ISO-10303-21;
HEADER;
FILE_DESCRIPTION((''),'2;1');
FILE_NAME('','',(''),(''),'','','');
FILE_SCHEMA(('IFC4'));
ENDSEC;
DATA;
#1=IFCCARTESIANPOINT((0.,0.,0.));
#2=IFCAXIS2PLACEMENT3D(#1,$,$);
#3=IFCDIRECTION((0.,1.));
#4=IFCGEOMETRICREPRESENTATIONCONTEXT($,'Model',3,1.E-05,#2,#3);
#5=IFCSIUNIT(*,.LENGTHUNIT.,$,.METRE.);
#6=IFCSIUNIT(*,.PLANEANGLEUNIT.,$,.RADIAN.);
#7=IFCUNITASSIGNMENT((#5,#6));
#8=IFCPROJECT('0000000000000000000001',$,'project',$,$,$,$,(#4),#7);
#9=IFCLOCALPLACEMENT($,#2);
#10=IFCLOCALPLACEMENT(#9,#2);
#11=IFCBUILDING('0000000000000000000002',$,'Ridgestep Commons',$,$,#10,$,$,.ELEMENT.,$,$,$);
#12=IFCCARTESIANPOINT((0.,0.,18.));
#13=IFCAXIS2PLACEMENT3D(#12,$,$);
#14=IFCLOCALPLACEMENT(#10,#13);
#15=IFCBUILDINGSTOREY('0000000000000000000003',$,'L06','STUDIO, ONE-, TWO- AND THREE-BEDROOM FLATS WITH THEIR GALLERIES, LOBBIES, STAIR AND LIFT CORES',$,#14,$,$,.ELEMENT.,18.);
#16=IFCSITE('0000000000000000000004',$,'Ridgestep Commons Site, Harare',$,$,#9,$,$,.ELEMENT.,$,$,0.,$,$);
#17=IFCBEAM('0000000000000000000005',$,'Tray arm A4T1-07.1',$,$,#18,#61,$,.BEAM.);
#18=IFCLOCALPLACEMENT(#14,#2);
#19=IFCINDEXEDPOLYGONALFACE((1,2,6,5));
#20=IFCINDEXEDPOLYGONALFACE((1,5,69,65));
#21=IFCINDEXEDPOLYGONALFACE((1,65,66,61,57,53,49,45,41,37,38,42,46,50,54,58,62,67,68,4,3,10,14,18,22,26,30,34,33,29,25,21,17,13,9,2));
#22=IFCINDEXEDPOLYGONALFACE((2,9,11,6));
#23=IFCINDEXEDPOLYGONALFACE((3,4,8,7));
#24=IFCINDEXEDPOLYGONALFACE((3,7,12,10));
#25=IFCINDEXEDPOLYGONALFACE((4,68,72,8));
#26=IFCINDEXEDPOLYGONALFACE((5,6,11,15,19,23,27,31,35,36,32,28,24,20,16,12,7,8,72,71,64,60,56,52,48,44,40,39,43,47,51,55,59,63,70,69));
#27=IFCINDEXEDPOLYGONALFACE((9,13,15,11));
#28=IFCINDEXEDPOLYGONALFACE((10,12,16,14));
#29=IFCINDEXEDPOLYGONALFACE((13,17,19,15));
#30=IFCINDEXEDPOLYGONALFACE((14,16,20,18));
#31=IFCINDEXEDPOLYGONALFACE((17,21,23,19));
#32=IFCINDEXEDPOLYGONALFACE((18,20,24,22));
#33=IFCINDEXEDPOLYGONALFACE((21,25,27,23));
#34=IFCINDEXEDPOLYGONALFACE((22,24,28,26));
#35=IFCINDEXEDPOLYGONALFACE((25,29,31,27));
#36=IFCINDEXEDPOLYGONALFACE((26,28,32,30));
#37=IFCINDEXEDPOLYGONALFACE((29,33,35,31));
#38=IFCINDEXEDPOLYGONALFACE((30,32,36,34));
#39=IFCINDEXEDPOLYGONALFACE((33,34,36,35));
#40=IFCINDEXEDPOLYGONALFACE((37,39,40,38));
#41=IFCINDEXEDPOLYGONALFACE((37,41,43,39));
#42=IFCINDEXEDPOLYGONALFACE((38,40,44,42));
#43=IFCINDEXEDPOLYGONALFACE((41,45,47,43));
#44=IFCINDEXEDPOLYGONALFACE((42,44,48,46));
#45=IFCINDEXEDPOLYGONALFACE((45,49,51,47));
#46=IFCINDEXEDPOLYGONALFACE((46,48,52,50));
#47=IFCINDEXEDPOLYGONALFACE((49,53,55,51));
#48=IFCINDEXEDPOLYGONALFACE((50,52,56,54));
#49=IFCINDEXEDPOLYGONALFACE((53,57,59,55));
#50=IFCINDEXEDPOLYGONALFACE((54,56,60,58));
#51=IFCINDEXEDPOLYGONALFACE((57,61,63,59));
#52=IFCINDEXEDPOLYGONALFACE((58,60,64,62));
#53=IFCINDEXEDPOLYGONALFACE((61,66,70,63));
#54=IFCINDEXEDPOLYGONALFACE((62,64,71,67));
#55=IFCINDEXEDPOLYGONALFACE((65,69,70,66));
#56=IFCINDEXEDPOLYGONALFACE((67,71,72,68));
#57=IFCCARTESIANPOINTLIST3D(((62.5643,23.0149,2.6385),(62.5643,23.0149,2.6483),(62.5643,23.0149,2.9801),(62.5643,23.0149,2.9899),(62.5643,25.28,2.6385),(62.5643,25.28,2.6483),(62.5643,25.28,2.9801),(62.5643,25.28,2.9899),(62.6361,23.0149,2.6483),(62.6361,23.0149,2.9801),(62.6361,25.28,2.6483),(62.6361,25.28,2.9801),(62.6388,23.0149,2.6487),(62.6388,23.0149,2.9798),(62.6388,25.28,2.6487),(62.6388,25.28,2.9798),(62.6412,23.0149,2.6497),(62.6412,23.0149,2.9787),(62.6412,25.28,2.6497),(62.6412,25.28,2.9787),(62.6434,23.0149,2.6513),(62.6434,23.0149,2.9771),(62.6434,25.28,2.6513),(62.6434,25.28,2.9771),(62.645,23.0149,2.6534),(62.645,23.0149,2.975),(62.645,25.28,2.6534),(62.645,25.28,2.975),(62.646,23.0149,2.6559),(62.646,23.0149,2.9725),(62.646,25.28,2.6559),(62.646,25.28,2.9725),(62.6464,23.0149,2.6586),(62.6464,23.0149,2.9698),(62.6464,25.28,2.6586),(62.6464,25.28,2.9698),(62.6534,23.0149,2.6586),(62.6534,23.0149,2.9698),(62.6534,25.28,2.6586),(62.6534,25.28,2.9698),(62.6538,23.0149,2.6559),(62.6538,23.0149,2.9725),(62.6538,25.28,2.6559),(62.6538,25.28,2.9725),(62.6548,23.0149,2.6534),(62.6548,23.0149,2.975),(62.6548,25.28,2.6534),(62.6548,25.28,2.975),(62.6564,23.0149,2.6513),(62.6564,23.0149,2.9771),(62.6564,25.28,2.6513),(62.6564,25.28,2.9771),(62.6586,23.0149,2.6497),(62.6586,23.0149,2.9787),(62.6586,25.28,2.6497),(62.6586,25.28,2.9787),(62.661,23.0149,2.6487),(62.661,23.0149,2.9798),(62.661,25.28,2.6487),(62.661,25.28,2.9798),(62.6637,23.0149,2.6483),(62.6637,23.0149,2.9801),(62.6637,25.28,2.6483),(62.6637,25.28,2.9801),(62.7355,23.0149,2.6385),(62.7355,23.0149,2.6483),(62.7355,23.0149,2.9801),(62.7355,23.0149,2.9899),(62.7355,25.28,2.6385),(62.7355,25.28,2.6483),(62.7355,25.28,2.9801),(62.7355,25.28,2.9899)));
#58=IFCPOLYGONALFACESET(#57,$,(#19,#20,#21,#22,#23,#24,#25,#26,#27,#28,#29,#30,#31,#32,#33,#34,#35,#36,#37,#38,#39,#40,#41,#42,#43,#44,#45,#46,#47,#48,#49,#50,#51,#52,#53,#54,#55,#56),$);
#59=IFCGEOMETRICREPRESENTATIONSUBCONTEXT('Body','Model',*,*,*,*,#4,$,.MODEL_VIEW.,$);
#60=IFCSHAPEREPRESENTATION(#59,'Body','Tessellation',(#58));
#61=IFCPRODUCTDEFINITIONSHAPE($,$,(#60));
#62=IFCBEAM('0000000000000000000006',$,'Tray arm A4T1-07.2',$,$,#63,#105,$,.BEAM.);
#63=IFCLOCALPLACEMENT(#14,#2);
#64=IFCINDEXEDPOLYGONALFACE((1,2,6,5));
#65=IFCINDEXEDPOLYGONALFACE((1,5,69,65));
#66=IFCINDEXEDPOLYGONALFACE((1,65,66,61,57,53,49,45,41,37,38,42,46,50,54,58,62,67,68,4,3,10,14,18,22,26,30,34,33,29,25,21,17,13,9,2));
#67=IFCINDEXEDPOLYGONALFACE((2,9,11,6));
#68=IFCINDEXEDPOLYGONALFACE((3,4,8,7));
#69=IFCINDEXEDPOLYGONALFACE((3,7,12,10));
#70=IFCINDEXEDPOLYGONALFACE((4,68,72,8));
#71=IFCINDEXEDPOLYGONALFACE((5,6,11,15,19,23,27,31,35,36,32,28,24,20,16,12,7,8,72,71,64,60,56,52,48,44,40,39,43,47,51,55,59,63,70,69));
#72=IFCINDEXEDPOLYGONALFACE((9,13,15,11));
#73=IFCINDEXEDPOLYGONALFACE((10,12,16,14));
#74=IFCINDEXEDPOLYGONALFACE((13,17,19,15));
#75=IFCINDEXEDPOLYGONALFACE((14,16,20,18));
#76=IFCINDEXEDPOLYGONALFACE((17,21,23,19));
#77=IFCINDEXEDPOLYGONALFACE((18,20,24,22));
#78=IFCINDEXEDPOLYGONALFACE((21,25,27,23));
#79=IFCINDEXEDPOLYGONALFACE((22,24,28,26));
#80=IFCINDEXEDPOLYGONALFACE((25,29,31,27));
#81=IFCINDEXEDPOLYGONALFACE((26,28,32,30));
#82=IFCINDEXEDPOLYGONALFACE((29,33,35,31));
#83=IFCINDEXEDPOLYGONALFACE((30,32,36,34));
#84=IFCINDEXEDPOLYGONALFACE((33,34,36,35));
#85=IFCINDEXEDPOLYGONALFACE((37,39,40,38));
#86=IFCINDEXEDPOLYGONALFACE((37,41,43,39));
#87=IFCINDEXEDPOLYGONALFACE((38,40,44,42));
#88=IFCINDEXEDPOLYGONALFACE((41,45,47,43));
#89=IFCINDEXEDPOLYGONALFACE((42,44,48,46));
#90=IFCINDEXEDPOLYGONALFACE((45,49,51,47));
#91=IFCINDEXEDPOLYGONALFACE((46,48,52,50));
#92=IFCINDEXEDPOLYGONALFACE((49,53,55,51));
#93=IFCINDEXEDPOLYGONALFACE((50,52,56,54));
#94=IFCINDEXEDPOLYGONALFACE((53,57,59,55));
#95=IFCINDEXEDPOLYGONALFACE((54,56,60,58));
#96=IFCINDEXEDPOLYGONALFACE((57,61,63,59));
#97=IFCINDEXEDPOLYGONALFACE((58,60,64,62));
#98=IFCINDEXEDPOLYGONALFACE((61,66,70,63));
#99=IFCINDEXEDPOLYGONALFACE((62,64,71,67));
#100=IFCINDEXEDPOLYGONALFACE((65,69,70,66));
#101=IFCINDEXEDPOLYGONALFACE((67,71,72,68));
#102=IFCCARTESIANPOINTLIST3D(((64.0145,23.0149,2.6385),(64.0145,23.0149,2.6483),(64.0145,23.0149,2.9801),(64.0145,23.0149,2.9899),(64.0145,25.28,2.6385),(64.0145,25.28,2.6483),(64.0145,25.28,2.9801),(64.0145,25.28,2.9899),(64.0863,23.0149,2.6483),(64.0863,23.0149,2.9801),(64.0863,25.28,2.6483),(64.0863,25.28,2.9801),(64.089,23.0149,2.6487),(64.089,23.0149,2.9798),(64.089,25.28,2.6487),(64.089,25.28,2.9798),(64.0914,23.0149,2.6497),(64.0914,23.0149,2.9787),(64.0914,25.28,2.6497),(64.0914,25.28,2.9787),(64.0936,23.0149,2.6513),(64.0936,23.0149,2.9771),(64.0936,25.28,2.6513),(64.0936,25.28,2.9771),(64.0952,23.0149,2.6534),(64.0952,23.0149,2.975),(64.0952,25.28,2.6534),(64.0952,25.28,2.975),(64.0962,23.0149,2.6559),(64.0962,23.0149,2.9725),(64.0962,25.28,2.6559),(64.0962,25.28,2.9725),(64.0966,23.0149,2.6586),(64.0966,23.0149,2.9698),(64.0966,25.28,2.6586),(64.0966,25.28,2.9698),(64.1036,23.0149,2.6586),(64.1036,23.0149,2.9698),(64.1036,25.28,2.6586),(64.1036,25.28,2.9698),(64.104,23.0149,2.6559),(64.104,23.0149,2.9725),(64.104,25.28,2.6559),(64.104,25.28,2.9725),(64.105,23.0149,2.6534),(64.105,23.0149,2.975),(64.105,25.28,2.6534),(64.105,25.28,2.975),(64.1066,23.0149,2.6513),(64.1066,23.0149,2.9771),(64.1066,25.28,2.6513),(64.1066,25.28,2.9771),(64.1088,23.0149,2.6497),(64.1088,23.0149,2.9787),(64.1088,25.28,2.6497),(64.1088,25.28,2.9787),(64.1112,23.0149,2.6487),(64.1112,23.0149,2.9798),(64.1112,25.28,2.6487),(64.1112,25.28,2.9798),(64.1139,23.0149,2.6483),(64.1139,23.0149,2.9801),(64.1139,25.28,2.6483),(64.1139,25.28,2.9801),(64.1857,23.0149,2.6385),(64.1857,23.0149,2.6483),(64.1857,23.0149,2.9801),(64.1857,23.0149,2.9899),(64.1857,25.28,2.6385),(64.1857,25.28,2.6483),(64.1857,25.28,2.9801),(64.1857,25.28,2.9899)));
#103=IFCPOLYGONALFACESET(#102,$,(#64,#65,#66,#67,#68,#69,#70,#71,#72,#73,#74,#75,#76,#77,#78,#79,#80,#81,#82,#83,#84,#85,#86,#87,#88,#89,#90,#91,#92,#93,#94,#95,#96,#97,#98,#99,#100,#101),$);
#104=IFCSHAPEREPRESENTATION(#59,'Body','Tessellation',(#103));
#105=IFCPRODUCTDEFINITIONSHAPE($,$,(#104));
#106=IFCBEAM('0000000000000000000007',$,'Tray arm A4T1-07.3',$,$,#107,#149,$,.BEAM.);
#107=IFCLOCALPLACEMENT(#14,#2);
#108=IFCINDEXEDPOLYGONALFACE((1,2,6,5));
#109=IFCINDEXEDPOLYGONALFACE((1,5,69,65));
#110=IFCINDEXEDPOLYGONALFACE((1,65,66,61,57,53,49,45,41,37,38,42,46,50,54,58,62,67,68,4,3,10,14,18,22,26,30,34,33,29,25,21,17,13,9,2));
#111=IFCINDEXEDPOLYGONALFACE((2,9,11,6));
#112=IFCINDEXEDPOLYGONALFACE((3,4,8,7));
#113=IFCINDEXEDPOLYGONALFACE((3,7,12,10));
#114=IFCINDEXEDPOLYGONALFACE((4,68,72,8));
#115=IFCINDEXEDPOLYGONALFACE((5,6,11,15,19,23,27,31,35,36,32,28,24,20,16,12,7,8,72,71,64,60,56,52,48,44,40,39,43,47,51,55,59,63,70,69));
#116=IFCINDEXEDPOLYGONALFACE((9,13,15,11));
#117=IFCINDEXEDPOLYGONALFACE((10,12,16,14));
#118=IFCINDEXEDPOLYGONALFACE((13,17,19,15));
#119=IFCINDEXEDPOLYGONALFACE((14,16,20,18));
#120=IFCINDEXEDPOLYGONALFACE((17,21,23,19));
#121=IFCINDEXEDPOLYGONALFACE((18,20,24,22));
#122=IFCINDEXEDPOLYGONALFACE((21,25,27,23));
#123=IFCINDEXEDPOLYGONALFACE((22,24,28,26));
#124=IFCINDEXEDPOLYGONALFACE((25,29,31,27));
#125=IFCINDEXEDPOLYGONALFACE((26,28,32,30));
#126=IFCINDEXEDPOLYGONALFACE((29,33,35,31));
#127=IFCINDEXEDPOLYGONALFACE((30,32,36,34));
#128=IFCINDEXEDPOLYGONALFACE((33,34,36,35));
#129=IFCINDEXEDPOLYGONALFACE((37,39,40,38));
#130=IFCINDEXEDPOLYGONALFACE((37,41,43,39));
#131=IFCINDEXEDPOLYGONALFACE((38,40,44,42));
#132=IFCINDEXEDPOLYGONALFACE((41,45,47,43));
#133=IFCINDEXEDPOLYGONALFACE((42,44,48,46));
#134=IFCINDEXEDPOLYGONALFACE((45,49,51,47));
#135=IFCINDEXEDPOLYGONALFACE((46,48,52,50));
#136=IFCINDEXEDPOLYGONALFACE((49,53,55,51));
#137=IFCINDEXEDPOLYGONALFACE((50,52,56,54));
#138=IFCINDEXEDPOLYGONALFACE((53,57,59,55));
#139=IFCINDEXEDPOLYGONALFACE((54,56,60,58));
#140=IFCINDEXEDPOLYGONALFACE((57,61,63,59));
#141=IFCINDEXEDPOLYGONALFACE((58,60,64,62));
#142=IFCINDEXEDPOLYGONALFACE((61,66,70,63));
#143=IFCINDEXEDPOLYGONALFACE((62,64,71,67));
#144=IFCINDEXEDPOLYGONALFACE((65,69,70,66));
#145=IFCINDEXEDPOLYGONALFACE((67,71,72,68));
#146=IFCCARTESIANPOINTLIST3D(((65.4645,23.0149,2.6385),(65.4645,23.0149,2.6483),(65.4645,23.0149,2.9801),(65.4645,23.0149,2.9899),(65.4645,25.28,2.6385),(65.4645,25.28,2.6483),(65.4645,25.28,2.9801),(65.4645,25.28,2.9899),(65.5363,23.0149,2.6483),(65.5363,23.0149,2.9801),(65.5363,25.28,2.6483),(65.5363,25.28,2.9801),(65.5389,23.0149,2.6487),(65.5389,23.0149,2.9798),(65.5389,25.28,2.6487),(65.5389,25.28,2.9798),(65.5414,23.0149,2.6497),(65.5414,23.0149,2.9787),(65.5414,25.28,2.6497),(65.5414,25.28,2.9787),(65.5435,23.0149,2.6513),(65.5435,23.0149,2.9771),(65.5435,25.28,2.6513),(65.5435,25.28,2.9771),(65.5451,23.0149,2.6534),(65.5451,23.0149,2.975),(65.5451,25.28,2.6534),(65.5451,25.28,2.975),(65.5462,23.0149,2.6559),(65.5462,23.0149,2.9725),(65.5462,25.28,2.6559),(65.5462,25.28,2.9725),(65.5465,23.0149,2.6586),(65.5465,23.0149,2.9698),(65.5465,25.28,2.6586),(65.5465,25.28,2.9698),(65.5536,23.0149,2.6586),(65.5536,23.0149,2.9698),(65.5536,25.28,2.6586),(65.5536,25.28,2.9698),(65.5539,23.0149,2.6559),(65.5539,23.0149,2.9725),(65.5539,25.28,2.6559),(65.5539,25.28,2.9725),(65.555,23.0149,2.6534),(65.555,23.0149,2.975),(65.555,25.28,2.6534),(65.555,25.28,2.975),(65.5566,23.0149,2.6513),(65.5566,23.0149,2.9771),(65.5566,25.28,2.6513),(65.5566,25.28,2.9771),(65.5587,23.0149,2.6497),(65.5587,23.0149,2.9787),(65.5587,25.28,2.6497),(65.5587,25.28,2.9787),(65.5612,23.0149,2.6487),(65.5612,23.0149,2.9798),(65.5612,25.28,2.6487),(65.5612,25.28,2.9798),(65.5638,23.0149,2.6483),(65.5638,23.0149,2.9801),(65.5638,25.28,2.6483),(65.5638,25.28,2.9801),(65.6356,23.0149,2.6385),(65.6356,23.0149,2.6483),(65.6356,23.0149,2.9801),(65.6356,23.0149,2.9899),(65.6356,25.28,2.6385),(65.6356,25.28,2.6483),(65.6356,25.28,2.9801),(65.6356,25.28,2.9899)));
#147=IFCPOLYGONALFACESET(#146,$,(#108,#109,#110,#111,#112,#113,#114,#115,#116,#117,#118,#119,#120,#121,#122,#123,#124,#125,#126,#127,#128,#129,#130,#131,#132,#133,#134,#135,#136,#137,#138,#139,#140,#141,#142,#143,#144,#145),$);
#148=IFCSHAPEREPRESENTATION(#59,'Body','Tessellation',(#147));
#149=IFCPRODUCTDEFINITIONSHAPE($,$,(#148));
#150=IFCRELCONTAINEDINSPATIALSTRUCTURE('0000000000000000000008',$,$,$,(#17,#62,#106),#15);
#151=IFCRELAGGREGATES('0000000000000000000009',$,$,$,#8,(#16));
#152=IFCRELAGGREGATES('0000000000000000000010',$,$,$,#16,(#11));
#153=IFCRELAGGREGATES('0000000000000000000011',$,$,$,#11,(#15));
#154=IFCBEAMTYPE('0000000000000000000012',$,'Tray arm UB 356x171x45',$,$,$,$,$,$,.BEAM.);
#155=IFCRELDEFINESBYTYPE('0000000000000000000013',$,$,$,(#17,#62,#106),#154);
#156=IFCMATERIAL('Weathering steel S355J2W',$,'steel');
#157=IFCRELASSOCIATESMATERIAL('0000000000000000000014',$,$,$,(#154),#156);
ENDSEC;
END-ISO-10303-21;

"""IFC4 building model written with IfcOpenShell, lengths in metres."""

from ifc_helpers import new_model, si_unit, direction, frame, origin, origin_2d, place, context, subcontext, project, spatial, i_section, extrude, material, material_profile, profile_set, type_object, element, save


model = new_model("IFC4")

# Units and contexts
model_context = context("Model", 3, precision=1e-05, world=origin(), true_north=direction((0.0, 1.0)))
body_context = subcontext(model_context, "Body", "Model", "MODEL_VIEW")
ifc_project = project(units=[si_unit("LENGTHUNIT", "METRE"), si_unit("PLANEANGLEUNIT", "RADIAN")], contexts=[model_context])

# Site, building, storey
site_placement = place(None, origin())
site = spatial("IfcSite", under=ifc_project, at=site_placement, Name="Ridgestep Commons Site, Harare", CompositionType="ELEMENT", RefElevation=0.0)
building_placement = place(site_placement, origin())
building = spatial("IfcBuilding", under=site, at=building_placement, Name="Ridgestep Commons", CompositionType="ELEMENT")
storey_placement = place(building_placement, frame((0.0, 0.0, 18.0)))
storey = spatial("IfcBuildingStorey", under=building, at=storey_placement, Name="L06", Description="STUDIO, ONE-, TWO- AND THREE-BEDROOM FLATS WITH THEIR GALLERIES, LOBBIES, STAIR AND LIFT CORES", CompositionType="ELEMENT", Elevation=18.0)

# Beams
ifc_material_1 = material(Name="Weathering steel S355J2W", Category="steel")
ifc_material_profile_1 = material_profile(ifc_material_1, i_section(OverallWidth=0.1711, OverallDepth=0.3513, WebThickness=0.0071, FlangeThickness=0.0098, FilletRadius=0.0103, at=origin_2d()), Name="UB 356x171x45")
ifc_profile_set_1 = profile_set([ifc_material_profile_1], Name="Weathering steel S355J2W")
beam_type_1 = type_object("IfcBeamType", Name="Tray arm UB 356x171x45", PredefinedType="BEAM", material=ifc_profile_set_1)
for number, where, z_axis, x_axis, name in (
    (1, (62.6499, 23.0149, 2.8142), (0.0, 1.0, 0.0), (-1.0, 0.0, 0.0), "Tray arm A4T1-07.1"),
    (2, (64.1001, 23.0149, 2.8142), (0.0, 1.0, 0.0), (-1.0, 0.0, 0.0), "Tray arm A4T1-07.2"),
    (3, (65.55, 23.0149, 2.8142), (0.0, 1.0, 0.0), (-1.0, 0.0, 0.0), "Tray arm A4T1-07.3"),
):
    element("IfcBeam", number, at=place(storey_placement, frame(where, z_axis=z_axis, x_axis=x_axis)), inside=storey, type_object=beam_type_1, Name=name, PredefinedType="BEAM", context=body_context, shape_type="SweptSolid", body=[
        extrude(i_section(OverallWidth=0.1711, OverallDepth=0.3513, WebThickness=0.0071, FlangeThickness=0.0098, FilletRadius=0.0103, at=origin_2d()), origin(), (0.0, 0.0, 1.0), 2.2651),
    ])

save(model, "model.ifc")
